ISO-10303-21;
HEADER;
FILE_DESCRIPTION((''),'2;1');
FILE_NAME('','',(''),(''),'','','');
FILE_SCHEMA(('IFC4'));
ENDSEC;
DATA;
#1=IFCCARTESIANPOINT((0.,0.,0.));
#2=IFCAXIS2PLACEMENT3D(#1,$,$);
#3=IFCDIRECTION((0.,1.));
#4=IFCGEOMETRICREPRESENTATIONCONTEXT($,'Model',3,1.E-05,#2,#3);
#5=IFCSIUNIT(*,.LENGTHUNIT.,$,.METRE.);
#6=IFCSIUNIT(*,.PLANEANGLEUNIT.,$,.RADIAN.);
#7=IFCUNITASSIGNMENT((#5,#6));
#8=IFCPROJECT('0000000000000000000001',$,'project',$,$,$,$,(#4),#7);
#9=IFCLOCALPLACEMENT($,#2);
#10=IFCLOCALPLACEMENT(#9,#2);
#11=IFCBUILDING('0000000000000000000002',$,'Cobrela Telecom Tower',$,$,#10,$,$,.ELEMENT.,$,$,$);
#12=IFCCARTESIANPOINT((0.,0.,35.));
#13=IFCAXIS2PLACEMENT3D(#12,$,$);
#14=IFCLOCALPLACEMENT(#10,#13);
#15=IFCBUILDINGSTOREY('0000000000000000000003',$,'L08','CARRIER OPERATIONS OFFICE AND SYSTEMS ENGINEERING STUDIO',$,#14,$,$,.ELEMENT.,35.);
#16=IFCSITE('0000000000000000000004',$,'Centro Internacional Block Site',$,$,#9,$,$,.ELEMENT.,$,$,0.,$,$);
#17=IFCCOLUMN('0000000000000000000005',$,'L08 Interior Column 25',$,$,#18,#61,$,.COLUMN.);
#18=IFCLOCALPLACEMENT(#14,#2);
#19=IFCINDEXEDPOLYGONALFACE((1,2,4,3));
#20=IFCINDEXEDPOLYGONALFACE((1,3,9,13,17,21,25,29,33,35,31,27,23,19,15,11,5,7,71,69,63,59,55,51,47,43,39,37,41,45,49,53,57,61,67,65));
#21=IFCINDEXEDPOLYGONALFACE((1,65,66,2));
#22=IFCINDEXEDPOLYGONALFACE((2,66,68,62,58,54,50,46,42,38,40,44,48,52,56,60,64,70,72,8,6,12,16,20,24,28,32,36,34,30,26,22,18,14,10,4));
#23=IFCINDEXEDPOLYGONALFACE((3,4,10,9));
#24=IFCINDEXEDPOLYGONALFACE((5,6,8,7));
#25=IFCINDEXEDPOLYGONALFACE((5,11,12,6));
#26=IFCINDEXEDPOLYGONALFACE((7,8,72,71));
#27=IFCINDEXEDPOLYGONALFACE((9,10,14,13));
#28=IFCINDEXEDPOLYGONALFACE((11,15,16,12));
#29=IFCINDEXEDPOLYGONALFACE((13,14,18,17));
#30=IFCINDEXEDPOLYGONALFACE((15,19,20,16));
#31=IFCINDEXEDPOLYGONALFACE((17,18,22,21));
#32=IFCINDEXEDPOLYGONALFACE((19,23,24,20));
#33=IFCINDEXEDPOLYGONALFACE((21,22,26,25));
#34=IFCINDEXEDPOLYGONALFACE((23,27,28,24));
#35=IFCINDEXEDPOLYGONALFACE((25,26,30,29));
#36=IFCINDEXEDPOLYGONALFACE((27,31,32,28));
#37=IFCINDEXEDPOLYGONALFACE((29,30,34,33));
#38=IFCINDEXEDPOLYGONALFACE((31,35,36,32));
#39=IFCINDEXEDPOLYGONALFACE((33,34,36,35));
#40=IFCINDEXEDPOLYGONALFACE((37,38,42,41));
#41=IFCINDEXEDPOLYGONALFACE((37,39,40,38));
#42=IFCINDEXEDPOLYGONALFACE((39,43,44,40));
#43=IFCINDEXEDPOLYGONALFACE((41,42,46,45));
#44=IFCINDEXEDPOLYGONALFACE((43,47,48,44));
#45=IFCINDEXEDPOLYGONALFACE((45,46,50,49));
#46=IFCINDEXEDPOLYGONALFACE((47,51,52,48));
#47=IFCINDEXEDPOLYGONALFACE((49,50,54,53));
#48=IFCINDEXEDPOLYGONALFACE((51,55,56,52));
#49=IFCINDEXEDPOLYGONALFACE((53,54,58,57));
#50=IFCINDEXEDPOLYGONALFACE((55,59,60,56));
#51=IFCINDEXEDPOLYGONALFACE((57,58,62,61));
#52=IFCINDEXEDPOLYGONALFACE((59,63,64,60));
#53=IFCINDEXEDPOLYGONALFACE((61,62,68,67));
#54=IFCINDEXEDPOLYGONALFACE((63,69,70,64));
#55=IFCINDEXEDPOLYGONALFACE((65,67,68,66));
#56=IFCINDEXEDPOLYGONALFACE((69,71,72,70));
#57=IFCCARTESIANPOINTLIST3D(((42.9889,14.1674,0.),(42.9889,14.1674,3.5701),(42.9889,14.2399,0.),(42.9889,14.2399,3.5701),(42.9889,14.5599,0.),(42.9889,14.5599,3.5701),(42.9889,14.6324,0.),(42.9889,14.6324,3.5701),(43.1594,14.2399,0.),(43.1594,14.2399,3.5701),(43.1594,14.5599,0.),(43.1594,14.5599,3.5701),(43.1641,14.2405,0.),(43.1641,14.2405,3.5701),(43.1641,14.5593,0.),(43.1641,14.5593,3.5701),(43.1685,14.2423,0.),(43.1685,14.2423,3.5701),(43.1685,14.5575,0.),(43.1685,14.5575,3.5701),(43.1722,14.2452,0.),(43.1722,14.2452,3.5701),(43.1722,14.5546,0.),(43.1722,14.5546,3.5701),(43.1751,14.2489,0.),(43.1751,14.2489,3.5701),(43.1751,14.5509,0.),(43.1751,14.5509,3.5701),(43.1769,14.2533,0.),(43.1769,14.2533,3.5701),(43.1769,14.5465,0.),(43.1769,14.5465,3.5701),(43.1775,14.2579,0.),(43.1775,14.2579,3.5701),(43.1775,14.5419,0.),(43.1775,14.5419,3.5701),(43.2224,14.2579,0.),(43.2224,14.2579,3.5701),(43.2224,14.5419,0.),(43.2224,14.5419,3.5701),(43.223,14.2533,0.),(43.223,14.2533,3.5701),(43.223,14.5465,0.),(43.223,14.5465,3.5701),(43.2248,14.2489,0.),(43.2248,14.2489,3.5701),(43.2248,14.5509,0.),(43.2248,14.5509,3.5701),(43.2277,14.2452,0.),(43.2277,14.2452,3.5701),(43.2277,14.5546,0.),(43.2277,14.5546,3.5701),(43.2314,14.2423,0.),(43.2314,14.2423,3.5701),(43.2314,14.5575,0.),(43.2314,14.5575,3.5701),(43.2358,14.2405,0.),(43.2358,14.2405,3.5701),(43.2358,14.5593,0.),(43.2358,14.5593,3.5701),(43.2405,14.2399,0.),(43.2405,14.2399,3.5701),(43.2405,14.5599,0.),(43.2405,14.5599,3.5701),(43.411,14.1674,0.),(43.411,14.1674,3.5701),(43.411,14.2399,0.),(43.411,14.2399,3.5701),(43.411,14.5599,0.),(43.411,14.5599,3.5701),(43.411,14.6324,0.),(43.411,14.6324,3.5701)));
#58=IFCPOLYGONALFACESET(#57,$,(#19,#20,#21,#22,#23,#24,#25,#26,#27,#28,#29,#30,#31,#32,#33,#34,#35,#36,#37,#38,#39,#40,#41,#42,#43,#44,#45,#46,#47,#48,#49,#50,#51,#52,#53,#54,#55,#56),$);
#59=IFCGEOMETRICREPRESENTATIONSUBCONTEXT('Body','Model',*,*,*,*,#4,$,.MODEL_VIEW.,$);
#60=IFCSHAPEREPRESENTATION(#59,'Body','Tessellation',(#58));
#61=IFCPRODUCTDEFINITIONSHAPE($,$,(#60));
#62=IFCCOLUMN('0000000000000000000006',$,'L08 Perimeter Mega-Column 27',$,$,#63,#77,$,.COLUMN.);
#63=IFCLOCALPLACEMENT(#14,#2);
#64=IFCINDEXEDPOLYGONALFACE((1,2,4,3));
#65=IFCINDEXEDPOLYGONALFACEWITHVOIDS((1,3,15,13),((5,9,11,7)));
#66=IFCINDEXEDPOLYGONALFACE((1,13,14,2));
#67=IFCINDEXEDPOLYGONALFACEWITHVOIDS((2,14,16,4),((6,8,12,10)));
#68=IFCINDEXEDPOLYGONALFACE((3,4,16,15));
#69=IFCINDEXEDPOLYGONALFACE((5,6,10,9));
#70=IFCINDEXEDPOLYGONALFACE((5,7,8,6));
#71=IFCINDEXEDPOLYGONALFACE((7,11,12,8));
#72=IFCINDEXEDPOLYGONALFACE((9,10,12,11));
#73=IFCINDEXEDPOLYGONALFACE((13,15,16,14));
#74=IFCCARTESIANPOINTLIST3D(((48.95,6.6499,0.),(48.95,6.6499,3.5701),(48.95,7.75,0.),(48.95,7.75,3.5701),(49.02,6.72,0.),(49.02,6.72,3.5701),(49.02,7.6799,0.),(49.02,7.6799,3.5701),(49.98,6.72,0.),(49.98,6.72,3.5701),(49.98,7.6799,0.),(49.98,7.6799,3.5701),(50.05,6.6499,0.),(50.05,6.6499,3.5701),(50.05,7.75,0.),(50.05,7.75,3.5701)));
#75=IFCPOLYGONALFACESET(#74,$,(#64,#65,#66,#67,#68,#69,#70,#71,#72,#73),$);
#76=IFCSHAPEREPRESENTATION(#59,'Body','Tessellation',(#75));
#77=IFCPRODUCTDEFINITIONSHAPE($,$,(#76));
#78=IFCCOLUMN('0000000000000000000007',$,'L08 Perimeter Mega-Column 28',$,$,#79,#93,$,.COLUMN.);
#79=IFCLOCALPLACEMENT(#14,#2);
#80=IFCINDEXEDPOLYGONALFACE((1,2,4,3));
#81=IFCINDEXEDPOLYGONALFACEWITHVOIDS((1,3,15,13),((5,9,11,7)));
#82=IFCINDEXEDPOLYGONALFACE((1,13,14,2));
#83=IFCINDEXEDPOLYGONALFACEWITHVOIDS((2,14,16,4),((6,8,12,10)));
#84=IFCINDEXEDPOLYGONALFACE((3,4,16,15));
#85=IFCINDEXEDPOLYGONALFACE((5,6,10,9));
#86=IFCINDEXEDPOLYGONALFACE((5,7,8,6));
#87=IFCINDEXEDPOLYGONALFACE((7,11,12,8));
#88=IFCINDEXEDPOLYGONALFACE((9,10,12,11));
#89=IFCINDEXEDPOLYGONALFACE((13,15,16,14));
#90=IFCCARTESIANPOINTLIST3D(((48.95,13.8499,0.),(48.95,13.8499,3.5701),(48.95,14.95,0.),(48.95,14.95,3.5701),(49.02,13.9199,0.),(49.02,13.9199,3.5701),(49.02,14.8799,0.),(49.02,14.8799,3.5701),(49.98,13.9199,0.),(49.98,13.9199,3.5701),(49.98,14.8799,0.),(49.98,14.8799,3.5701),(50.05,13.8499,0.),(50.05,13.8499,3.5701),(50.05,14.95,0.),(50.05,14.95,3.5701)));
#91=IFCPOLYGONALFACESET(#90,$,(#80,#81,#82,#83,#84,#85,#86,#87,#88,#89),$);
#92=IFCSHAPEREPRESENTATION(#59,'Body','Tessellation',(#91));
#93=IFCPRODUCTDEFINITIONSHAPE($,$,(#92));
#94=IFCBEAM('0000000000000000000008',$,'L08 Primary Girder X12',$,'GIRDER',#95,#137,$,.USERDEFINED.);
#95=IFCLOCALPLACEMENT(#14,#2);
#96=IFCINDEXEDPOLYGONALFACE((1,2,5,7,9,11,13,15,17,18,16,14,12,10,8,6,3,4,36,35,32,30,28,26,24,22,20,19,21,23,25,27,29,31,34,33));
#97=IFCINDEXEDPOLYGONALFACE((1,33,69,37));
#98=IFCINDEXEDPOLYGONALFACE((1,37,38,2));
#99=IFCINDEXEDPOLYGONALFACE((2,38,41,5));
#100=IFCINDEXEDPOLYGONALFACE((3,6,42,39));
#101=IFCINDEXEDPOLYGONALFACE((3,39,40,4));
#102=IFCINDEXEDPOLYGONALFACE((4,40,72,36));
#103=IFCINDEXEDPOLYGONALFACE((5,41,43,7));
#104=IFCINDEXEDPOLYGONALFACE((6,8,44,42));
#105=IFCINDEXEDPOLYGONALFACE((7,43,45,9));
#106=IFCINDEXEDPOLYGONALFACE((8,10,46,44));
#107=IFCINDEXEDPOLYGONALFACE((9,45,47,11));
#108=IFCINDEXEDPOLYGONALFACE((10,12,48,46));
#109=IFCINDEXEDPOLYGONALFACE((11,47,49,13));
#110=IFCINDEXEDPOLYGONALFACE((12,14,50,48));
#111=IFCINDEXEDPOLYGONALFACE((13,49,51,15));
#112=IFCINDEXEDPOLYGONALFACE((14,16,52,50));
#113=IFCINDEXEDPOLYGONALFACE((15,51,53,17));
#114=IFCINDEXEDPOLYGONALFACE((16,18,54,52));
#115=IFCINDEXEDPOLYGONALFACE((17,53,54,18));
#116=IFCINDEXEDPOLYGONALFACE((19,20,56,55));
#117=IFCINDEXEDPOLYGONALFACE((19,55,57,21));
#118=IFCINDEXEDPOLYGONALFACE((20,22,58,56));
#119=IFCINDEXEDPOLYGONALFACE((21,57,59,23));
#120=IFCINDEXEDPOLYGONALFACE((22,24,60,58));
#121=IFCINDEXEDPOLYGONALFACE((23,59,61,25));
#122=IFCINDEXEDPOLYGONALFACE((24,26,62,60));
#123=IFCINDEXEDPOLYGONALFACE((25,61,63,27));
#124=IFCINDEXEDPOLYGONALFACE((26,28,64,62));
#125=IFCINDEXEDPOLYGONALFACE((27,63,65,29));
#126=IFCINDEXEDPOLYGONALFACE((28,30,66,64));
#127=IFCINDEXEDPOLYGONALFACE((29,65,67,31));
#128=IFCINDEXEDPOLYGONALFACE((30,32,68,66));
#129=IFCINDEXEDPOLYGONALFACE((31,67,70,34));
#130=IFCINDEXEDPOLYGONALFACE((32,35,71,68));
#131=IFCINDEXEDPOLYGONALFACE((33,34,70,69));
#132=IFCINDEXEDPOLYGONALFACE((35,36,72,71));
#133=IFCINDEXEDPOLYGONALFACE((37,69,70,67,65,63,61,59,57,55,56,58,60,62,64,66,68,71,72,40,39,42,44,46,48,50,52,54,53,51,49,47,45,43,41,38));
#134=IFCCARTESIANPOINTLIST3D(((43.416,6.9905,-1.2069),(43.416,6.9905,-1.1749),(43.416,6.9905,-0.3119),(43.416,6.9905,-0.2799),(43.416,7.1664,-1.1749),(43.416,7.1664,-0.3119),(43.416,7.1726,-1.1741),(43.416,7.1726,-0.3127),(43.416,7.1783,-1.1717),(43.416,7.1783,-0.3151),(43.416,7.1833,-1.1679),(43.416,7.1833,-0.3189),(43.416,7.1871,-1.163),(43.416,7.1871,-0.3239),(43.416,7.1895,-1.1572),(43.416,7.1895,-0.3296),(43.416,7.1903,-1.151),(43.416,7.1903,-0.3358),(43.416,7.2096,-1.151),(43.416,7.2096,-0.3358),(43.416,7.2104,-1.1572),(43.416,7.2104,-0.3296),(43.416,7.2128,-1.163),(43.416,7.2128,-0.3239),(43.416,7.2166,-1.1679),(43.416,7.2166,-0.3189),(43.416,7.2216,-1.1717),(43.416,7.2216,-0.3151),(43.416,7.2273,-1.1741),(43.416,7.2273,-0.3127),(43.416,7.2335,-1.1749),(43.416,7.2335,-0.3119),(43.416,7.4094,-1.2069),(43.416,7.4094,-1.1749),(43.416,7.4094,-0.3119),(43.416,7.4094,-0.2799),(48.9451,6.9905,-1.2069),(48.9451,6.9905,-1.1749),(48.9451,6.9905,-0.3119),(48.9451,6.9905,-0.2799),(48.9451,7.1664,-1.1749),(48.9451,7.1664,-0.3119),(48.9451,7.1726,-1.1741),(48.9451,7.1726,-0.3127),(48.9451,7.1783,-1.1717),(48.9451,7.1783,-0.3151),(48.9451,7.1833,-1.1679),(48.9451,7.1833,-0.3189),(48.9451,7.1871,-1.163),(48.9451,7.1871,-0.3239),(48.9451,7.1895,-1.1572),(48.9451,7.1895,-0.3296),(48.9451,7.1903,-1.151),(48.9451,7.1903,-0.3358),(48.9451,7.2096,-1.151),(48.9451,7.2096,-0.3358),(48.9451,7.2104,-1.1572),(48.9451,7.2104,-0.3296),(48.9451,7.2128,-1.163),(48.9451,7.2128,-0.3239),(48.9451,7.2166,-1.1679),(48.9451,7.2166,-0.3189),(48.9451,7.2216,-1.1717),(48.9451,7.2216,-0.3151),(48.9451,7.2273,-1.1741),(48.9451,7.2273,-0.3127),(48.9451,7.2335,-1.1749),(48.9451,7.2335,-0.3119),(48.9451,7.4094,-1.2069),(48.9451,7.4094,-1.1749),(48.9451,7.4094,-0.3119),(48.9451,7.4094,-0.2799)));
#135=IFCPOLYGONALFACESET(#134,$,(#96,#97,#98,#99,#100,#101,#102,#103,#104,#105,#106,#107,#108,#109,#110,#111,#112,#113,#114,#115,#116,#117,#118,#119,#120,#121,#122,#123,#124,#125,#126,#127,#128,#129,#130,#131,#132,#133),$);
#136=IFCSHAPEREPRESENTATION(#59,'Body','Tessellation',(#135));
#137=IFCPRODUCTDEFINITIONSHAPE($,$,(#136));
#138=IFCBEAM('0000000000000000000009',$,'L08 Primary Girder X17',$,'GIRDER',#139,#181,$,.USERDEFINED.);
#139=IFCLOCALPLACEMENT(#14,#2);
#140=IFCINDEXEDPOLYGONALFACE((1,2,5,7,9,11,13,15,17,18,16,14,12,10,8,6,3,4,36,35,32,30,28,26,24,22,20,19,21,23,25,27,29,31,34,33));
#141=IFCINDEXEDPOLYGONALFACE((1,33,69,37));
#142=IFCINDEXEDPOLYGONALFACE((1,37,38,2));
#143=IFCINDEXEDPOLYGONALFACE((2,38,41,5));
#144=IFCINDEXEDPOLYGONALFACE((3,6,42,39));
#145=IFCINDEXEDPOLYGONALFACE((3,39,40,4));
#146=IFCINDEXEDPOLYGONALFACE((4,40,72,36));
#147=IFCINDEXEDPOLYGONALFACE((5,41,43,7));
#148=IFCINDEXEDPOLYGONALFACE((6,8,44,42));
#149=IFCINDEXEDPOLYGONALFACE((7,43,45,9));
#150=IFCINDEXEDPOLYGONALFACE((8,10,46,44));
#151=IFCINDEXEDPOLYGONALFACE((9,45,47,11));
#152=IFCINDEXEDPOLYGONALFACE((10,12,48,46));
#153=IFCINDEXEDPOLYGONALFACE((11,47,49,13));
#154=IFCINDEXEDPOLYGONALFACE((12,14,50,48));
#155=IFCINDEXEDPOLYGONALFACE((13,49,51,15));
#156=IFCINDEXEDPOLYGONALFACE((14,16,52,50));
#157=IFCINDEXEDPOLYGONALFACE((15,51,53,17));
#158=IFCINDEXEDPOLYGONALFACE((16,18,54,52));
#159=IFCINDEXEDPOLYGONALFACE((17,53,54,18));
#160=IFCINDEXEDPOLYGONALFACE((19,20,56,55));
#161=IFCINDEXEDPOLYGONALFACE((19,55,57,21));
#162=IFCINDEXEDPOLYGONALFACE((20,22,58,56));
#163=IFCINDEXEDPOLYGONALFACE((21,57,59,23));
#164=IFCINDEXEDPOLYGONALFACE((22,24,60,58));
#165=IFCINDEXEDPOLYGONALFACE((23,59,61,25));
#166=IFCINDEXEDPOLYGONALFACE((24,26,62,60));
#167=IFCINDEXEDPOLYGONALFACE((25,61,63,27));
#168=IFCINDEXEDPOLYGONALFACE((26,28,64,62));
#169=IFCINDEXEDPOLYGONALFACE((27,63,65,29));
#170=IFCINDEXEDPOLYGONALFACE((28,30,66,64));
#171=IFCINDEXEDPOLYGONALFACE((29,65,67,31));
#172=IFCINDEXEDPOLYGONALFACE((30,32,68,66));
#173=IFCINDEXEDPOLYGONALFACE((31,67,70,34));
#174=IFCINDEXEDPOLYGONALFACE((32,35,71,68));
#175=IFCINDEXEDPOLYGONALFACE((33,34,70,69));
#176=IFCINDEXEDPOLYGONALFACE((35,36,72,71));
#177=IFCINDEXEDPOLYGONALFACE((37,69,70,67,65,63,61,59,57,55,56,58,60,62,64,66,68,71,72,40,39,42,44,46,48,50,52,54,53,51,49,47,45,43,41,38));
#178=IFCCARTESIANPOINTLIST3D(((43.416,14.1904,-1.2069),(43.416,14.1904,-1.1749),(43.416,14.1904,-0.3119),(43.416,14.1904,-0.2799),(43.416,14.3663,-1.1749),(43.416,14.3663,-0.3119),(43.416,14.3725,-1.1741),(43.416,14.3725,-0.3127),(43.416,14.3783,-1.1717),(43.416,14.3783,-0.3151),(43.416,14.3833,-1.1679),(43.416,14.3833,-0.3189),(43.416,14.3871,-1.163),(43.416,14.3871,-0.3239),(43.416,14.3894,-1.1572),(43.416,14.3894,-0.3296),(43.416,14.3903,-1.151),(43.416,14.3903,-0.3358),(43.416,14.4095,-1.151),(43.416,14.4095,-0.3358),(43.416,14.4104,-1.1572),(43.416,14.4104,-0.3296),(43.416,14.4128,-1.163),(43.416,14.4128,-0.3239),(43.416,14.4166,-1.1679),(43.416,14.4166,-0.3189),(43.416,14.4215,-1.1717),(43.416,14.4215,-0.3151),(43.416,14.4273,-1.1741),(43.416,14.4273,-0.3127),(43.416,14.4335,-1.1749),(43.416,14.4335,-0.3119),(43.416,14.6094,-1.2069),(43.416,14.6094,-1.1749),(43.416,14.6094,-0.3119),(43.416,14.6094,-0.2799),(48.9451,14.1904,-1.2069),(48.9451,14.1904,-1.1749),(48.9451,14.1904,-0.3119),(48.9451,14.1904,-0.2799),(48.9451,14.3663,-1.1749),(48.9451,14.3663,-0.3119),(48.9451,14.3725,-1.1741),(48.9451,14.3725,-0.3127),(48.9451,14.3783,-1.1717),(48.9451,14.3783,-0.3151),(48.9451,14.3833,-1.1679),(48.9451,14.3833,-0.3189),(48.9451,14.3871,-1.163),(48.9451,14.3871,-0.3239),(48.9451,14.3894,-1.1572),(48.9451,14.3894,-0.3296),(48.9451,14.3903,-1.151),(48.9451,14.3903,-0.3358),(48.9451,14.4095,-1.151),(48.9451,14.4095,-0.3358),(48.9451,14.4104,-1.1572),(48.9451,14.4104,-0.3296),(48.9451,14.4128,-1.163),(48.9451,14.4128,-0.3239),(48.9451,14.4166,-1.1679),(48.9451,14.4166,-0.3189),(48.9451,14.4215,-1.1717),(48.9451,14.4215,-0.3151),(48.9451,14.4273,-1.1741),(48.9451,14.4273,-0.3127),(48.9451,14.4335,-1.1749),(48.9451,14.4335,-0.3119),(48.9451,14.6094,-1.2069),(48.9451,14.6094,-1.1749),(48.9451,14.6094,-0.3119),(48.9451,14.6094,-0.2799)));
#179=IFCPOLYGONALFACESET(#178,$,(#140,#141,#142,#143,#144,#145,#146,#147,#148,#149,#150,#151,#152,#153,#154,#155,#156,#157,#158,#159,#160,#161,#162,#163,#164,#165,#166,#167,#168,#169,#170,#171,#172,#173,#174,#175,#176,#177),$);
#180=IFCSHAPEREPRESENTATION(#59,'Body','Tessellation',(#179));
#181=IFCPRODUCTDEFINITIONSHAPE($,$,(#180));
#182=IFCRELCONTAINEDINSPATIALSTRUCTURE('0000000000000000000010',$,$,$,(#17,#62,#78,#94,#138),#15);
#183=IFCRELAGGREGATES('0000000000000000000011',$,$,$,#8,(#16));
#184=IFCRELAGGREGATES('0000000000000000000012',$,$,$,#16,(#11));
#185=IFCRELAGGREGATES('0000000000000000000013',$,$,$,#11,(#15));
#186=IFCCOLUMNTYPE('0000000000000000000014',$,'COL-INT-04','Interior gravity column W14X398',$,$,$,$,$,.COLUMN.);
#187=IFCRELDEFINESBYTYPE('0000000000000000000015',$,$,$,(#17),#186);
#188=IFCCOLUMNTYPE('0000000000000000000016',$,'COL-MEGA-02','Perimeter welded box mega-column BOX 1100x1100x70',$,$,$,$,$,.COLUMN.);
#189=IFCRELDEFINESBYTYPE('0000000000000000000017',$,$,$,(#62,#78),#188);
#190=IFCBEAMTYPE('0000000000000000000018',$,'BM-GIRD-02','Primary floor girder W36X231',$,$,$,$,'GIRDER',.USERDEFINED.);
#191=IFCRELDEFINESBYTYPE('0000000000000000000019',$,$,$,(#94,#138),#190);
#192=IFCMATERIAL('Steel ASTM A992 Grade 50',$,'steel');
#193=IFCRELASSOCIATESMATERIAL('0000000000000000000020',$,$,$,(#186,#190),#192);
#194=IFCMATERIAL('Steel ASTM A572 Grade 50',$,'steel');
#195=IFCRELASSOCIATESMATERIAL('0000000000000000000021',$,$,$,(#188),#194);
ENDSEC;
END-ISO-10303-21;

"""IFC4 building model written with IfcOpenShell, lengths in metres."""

from ifc_helpers import new_model, si_unit, direction, frame, origin, origin_2d, place, context, subcontext, project, spatial, hollow_rectangle, i_section, extrude, material, material_profile, profile_set, type_object, element, save


model = new_model("IFC4")

# Units and contexts
model_context = context("Model", 3, precision=1e-05, world=origin(), true_north=direction((0.0, 1.0)))
body_context = subcontext(model_context, "Body", "Model", "MODEL_VIEW")
ifc_project = project(units=[si_unit("LENGTHUNIT", "METRE"), si_unit("PLANEANGLEUNIT", "RADIAN")], contexts=[model_context])

# Site, building, storey
site_placement = place(None, origin())
site = spatial("IfcSite", under=ifc_project, at=site_placement, Name="Centro Internacional Block Site", CompositionType="ELEMENT", RefElevation=0.0)
building_placement = place(site_placement, origin())
building = spatial("IfcBuilding", under=site, at=building_placement, Name="Cobrela Telecom Tower", CompositionType="ELEMENT")
storey_placement = place(building_placement, frame((0.0, 0.0, 35.0)))
storey = spatial("IfcBuildingStorey", under=building, at=storey_placement, Name="L08", Description="CARRIER OPERATIONS OFFICE AND SYSTEMS ENGINEERING STUDIO", CompositionType="ELEMENT", Elevation=35.0)

# Columns
ifc_material_1 = material(Name="Steel ASTM A992 Grade 50", Category="steel")
ifc_material_profile_1 = material_profile(ifc_material_1, i_section(OverallWidth=0.4221, OverallDepth=0.4651, WebThickness=0.0449, FlangeThickness=0.0725, FilletRadius=0.0181, at=origin_2d()), Name="W14X398")
ifc_profile_set_1 = profile_set([ifc_material_profile_1], Name="Steel ASTM A992 Grade 50")
column_type_1 = type_object("IfcColumnType", Name="COL-INT-04", Description="Interior gravity column W14X398", PredefinedType="COLUMN", material=ifc_profile_set_1)
column_placement = place(storey_placement, frame((43.2, 14.3999, 0.0), z_axis=(0.0, 0.0, 1.0), x_axis=(1.0, 0.0, 0.0)))
element("IfcColumn", 1, at=column_placement, inside=storey, type_object=column_type_1, Name="L08 Interior Column 25", PredefinedType="COLUMN", context=body_context, shape_type="SweptSolid", body=[
    extrude(i_section(OverallWidth=0.4221, OverallDepth=0.4651, WebThickness=0.0449, FlangeThickness=0.0725, FilletRadius=0.0181, at=origin_2d()), origin(), (0.0, 0.0, 1.0), 3.5701),
])
ifc_material_2 = material(Name="Steel ASTM A572 Grade 50", Category="steel")
ifc_material_profile_2 = material_profile(ifc_material_2, hollow_rectangle(XDim=1.1001, YDim=1.1001, WallThickness=0.0701, at=origin_2d()), Name="BOX 1100x1100x70")
ifc_profile_set_2 = profile_set([ifc_material_profile_2], Name="Steel ASTM A572 Grade 50")
column_type_2 = type_object("IfcColumnType", Name="COL-MEGA-02", Description="Perimeter welded box mega-column BOX 1100x1100x70", PredefinedType="COLUMN", material=ifc_profile_set_2)
for number, where, z_axis, x_axis, name in (
    (2, (49.5, 7.2, 0.0), (0.0, 0.0, 1.0), (1.0, 0.0, 0.0), "L08 Perimeter Mega-Column 27"),
    (3, (49.5, 14.3999, 0.0), (0.0, 0.0, 1.0), (1.0, 0.0, 0.0), "L08 Perimeter Mega-Column 28"),
):
    element("IfcColumn", number, at=place(storey_placement, frame(where, z_axis=z_axis, x_axis=x_axis)), inside=storey, type_object=column_type_2, Name=name, PredefinedType="COLUMN", context=body_context, shape_type="SweptSolid", body=[
        extrude(hollow_rectangle(XDim=1.1001, YDim=1.1001, WallThickness=0.0701, at=origin_2d()), origin(), (0.0, 0.0, 1.0), 3.5701),
    ])

# Beams
ifc_material_profile_3 = material_profile(ifc_material_1, i_section(OverallWidth=0.4189, OverallDepth=0.927, WebThickness=0.0193, FlangeThickness=0.032, FilletRadius=0.0239, at=origin_2d()), Name="W36X231")
ifc_profile_set_3 = profile_set([ifc_material_profile_3], Name="Steel ASTM A992 Grade 50")
beam_type_1 = type_object("IfcBeamType", Name="BM-GIRD-02", Description="Primary floor girder W36X231", ElementType="GIRDER", PredefinedType="USERDEFINED", material=ifc_profile_set_3)
for number, where, z_axis, x_axis, name in (
    (4, (43.416, 7.2, -0.7434), (1.0, 0.0, 0.0), (0.0, 1.0, 0.0), "L08 Primary Girder X12"),
    (5, (43.416, 14.3999, -0.7434), (1.0, 0.0, 0.0), (0.0, 1.0, 0.0), "L08 Primary Girder X17"),
):
    element("IfcBeam", number, at=place(storey_placement, frame(where, z_axis=z_axis, x_axis=x_axis)), inside=storey, type_object=beam_type_1, Name=name, ObjectType="GIRDER", PredefinedType="USERDEFINED", context=body_context, shape_type="SweptSolid", body=[
        extrude(i_section(OverallWidth=0.4189, OverallDepth=0.927, WebThickness=0.0193, FlangeThickness=0.032, FilletRadius=0.0239, at=origin_2d()), origin(), (0.0, 0.0, 1.0), 5.5291),
    ])

save(model, "model.ifc")
